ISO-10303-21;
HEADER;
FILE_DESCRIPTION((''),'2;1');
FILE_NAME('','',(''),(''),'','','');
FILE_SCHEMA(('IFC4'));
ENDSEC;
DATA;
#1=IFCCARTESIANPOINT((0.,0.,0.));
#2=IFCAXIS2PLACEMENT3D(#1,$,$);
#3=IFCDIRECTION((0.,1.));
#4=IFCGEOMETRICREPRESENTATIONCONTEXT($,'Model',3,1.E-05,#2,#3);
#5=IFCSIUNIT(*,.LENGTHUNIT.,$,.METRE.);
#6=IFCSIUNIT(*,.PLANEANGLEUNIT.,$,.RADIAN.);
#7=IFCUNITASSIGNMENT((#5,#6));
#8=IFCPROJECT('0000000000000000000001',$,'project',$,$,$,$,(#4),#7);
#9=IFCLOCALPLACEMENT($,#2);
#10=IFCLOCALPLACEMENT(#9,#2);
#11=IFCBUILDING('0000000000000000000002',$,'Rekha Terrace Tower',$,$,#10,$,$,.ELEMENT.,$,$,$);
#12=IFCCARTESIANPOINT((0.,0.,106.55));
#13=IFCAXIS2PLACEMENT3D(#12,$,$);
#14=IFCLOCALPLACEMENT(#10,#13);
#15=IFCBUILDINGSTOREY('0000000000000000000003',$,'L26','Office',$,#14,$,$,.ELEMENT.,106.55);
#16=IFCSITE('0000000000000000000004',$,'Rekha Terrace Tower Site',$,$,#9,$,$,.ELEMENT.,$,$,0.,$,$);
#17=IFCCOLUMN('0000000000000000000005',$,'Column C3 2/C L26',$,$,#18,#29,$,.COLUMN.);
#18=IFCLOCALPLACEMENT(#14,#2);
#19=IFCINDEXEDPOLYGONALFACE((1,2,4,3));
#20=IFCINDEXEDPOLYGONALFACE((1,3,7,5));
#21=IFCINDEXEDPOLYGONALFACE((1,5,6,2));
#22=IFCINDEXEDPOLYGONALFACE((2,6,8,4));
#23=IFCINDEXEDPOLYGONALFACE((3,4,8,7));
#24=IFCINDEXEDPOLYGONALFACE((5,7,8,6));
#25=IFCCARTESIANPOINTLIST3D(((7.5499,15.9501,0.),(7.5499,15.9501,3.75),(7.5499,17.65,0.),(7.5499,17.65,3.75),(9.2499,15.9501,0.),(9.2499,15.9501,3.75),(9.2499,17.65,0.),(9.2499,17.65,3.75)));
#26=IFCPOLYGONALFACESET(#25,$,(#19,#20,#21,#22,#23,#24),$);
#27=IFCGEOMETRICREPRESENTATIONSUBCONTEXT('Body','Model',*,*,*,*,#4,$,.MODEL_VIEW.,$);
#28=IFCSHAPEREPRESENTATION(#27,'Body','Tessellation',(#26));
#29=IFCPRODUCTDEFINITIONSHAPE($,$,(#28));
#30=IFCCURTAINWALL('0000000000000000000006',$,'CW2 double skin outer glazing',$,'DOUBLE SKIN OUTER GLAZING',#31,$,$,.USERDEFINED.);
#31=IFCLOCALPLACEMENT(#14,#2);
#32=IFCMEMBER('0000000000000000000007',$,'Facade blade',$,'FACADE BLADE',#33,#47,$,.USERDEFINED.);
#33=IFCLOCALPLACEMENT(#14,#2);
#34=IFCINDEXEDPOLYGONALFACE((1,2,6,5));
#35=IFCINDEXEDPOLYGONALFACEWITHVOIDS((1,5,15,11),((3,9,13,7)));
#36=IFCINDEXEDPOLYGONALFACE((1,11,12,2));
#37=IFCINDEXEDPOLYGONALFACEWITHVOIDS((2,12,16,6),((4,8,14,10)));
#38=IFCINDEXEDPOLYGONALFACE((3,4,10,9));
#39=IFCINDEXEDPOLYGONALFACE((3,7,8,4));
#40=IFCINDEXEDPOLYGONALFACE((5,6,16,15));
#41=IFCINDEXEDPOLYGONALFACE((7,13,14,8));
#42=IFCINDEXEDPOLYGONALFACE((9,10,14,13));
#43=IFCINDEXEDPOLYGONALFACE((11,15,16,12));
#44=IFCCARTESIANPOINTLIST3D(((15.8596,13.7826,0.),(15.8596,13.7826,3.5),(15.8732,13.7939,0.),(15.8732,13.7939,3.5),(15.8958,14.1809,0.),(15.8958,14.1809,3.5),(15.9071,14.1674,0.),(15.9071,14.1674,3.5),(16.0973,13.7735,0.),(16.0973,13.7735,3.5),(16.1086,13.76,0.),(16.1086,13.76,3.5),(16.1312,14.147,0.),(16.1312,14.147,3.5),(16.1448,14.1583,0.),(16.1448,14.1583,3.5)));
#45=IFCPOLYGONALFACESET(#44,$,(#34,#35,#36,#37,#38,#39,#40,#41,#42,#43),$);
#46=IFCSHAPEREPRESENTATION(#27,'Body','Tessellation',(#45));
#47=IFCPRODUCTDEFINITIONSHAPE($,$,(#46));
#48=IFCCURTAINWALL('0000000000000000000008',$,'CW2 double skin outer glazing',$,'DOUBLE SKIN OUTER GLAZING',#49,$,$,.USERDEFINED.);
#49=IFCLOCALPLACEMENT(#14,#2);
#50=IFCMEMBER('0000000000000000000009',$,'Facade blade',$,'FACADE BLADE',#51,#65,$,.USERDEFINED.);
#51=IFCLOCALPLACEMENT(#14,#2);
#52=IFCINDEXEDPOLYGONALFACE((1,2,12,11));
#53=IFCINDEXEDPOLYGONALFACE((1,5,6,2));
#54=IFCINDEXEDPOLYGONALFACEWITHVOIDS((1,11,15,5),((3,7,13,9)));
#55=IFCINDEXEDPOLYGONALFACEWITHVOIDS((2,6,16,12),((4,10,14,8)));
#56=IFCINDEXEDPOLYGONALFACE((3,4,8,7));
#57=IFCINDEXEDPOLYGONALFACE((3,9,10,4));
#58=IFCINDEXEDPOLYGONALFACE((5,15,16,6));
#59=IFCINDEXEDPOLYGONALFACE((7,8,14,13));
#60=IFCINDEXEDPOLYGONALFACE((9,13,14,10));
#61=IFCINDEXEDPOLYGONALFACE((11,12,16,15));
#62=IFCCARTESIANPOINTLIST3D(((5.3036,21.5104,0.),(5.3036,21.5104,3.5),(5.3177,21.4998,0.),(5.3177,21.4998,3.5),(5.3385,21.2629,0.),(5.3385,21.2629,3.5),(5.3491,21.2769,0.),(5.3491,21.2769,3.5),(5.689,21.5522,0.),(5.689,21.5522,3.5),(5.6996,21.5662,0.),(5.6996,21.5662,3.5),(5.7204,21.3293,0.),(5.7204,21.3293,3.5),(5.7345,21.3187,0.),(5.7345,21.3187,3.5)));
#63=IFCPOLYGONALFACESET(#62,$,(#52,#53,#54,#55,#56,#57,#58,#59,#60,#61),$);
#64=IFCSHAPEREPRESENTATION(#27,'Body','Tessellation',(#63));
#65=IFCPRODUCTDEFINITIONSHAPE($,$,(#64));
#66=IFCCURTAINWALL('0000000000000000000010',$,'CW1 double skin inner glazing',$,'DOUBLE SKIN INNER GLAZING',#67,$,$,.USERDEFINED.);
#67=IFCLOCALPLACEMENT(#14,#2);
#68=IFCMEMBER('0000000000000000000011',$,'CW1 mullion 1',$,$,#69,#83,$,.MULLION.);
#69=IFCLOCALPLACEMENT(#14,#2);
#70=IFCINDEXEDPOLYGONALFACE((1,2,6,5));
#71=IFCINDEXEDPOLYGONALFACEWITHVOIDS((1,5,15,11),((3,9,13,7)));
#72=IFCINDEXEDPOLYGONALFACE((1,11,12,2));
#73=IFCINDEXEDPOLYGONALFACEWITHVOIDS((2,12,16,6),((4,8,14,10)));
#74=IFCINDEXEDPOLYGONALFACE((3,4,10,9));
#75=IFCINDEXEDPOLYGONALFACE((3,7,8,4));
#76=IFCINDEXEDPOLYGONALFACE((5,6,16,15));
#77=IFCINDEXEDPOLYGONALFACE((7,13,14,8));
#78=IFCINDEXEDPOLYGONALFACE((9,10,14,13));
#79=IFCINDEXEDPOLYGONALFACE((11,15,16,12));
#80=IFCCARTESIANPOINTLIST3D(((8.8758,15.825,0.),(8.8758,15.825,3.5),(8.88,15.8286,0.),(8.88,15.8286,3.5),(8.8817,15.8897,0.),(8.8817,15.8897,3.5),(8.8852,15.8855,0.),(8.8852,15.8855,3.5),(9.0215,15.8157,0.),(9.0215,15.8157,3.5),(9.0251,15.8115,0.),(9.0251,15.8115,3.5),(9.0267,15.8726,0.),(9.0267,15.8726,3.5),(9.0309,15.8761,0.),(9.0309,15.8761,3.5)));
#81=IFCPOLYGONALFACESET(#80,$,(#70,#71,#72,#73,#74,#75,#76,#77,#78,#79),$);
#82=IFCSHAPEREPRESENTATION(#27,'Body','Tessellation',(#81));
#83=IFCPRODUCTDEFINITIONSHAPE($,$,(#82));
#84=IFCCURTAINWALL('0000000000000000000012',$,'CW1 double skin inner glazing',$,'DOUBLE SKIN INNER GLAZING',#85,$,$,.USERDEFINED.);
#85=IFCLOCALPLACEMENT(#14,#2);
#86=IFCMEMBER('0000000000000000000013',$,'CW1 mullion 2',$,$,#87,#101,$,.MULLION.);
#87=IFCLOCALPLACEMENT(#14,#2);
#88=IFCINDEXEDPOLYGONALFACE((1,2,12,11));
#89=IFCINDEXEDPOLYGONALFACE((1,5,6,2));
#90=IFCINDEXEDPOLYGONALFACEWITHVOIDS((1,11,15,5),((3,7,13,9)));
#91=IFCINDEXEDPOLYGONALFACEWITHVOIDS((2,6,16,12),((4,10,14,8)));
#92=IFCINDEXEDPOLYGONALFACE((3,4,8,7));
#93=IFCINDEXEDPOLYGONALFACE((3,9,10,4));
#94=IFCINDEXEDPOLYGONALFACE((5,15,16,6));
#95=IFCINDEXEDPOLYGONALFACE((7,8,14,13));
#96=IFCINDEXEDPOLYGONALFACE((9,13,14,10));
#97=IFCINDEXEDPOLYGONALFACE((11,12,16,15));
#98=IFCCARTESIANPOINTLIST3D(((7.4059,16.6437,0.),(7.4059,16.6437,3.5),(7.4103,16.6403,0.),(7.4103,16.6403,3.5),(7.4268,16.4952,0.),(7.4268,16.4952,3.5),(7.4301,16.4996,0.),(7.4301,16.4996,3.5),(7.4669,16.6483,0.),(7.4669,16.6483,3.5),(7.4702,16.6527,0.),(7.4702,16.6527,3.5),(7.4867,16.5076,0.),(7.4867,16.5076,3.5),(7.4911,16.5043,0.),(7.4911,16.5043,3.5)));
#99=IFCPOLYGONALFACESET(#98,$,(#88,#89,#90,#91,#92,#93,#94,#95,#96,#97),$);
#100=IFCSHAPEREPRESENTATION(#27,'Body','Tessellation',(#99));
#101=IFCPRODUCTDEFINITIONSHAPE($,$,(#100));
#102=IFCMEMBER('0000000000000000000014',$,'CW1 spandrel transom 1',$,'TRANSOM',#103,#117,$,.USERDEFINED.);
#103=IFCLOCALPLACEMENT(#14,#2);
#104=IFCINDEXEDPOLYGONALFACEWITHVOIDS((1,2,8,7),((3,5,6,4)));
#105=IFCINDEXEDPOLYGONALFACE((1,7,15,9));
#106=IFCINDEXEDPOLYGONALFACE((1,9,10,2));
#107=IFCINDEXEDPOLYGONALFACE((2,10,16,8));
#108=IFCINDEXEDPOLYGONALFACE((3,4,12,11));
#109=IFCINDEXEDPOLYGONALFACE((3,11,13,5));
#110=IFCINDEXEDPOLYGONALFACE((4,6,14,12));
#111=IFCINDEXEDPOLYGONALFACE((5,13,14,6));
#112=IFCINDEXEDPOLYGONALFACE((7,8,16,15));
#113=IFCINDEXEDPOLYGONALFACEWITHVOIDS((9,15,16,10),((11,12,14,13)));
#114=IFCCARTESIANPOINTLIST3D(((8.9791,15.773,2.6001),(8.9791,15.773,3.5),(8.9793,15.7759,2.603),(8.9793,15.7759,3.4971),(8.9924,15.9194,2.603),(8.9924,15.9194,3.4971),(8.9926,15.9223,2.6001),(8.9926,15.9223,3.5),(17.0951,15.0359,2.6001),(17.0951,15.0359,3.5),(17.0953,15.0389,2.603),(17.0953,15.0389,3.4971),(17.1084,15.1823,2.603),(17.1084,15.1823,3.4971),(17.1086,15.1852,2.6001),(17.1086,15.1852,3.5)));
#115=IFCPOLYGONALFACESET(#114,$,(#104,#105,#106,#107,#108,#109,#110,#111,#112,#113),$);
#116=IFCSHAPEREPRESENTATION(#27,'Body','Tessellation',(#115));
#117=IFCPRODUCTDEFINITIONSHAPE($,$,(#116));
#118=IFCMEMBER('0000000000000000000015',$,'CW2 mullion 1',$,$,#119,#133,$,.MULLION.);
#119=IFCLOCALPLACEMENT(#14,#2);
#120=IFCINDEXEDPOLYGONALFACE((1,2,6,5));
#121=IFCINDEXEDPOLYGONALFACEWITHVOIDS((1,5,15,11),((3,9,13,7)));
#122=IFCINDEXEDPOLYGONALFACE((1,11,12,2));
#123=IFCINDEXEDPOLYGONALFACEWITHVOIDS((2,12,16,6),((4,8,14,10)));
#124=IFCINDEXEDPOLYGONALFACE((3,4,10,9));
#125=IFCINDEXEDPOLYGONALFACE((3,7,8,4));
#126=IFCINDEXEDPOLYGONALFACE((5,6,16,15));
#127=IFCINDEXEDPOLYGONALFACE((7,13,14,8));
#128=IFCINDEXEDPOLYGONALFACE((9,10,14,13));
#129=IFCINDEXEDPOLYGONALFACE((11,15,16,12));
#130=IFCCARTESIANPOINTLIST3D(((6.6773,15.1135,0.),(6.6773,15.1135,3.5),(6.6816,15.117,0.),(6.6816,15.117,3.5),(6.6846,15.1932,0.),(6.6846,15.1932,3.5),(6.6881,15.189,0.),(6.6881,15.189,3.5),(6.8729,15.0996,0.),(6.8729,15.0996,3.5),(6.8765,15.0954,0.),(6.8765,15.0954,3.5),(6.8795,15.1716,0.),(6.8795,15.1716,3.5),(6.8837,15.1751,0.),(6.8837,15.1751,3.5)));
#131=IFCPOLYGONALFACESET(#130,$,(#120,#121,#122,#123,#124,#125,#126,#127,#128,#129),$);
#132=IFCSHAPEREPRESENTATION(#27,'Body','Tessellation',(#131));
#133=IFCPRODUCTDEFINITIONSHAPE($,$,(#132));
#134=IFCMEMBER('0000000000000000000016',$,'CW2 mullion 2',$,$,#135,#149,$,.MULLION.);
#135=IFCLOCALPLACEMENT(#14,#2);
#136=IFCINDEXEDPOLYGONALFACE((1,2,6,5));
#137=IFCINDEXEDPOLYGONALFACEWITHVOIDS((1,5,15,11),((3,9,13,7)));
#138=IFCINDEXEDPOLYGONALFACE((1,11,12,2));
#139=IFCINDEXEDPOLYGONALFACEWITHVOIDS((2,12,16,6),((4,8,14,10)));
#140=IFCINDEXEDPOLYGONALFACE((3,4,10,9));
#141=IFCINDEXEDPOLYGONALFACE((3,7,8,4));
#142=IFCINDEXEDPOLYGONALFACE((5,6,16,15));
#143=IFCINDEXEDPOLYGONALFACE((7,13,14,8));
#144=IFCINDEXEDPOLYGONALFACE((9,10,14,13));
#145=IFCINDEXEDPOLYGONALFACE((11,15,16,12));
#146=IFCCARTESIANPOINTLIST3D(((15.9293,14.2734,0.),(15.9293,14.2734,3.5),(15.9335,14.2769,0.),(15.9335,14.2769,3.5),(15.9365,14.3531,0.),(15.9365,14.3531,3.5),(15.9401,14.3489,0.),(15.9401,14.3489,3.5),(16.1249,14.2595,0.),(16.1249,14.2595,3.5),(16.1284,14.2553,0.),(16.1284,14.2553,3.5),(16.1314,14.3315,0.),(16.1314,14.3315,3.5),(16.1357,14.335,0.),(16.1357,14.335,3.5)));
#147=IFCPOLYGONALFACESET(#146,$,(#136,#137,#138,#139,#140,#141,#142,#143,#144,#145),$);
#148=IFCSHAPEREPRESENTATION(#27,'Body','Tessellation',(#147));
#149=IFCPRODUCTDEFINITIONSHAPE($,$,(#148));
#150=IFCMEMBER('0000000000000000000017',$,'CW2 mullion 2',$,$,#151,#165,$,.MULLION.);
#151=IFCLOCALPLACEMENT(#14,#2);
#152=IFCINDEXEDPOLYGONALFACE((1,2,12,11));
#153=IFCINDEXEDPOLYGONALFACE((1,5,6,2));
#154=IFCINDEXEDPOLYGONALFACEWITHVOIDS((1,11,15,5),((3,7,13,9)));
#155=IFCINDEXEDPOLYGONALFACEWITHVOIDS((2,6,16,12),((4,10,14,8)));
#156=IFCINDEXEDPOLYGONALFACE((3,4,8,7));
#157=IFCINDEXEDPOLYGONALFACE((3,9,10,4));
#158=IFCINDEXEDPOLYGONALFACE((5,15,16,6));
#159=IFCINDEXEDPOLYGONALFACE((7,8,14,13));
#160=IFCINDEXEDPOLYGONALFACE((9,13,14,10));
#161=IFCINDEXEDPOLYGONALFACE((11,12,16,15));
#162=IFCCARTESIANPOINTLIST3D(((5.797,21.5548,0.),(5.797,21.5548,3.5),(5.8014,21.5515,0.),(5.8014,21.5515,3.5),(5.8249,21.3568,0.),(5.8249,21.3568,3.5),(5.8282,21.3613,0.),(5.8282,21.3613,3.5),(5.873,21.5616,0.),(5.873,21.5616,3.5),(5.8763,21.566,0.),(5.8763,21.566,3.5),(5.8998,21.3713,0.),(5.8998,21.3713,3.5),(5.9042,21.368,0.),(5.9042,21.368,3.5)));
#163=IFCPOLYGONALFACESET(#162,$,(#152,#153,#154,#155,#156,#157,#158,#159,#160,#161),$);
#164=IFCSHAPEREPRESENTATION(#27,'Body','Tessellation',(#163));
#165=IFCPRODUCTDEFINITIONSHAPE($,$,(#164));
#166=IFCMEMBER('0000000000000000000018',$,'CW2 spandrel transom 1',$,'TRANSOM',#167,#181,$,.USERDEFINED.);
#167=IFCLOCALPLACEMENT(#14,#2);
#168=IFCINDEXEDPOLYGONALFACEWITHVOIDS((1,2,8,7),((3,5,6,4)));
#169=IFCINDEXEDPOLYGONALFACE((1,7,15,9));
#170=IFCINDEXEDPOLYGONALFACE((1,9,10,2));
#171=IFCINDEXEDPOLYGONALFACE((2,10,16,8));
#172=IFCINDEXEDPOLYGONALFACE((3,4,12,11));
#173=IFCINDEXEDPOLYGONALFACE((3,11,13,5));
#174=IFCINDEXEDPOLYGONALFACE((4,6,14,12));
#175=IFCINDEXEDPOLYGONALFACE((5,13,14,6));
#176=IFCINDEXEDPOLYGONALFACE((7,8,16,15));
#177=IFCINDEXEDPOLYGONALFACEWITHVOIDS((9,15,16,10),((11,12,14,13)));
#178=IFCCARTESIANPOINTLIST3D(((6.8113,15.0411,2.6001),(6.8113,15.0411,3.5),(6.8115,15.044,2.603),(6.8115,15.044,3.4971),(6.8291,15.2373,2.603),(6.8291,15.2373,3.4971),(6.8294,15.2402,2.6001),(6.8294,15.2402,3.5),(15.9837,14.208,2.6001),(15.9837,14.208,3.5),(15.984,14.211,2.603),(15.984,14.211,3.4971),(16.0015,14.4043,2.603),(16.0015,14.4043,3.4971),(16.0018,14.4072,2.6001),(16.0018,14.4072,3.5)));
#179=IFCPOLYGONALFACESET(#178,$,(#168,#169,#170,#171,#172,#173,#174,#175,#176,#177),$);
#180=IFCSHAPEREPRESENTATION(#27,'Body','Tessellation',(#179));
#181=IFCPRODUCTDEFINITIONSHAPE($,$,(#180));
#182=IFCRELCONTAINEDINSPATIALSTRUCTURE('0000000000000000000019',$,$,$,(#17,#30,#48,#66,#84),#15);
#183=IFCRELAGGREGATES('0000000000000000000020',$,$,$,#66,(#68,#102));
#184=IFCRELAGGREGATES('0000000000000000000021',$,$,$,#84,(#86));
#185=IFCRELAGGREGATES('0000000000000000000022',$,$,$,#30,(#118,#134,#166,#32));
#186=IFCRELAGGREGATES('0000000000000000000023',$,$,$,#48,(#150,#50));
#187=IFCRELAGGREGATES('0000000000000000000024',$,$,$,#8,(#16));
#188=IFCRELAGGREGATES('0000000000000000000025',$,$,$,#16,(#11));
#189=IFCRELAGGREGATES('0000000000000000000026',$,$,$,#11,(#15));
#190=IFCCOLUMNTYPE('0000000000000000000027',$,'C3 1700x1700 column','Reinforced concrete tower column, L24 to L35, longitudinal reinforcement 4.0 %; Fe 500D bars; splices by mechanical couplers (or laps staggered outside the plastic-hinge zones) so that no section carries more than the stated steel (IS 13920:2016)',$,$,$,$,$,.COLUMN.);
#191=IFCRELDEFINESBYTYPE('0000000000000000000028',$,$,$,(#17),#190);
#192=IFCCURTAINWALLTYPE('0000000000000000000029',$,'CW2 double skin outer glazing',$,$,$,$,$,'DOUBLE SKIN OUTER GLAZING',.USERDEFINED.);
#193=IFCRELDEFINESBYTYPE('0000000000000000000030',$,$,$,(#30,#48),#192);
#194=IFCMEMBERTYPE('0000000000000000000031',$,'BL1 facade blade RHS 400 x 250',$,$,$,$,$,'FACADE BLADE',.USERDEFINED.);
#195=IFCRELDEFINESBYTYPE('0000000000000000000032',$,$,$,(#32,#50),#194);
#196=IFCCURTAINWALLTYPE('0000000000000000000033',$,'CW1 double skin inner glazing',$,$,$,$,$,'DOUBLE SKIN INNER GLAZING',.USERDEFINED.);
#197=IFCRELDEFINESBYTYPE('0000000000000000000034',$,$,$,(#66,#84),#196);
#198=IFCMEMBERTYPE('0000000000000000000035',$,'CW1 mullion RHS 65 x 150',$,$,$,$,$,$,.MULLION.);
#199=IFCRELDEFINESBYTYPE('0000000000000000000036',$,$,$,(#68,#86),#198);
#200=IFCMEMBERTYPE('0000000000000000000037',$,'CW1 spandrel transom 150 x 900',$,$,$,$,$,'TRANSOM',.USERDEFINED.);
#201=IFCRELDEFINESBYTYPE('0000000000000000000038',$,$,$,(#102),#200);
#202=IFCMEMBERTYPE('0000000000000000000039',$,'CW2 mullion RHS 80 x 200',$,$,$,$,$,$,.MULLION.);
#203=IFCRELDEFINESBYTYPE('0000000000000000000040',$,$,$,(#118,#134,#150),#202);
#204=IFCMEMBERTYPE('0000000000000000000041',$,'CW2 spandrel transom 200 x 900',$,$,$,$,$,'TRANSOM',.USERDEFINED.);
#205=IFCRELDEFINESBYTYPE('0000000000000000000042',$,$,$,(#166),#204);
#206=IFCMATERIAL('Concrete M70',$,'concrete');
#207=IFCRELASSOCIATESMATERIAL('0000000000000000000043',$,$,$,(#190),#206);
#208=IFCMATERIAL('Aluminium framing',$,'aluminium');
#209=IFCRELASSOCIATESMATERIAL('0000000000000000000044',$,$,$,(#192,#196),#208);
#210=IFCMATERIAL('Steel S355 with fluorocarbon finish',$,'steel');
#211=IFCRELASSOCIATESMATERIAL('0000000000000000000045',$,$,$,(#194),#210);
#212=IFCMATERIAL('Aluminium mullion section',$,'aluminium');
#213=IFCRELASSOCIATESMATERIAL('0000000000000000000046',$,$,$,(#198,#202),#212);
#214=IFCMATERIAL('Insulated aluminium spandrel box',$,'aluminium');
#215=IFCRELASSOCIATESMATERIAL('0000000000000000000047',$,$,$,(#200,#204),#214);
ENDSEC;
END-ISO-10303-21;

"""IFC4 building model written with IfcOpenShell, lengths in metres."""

from ifc_helpers import new_model, si_unit, direction, frame, origin, origin_2d, place, context, subcontext, project, spatial, rectangle, hollow_rectangle, extrude, material, material_profile, profile_set, type_object, element, aggregate, save


model = new_model("IFC4")

# Units and contexts
model_context = context("Model", 3, precision=1e-05, world=origin(), true_north=direction((0.0, 1.0)))
body_context = subcontext(model_context, "Body", "Model", "MODEL_VIEW")
ifc_project = project(units=[si_unit("LENGTHUNIT", "METRE"), si_unit("PLANEANGLEUNIT", "RADIAN")], contexts=[model_context])

# Site, building, storey
site_placement = place(None, origin())
site = spatial("IfcSite", under=ifc_project, at=site_placement, Name="Rekha Terrace Tower Site", CompositionType="ELEMENT", RefElevation=0.0)
building_placement = place(site_placement, origin())
building = spatial("IfcBuilding", under=site, at=building_placement, Name="Rekha Terrace Tower", CompositionType="ELEMENT")
storey_placement = place(building_placement, frame((0.0, 0.0, 106.55)))
storey = spatial("IfcBuildingStorey", under=building, at=storey_placement, Name="L26", Description="Office", CompositionType="ELEMENT", Elevation=106.55)

# Column
ifc_material_1 = material(Name="Concrete M70", Category="concrete")
ifc_material_profile_1 = material_profile(ifc_material_1, rectangle(XDim=1.7, YDim=1.7, at=origin_2d()), Name="RC 1700x1700")
ifc_profile_set_1 = profile_set([ifc_material_profile_1], Name="Concrete M70")
column_type = type_object("IfcColumnType", Name="C3 1700x1700 column", Description="Reinforced concrete tower column, L24 to L35, longitudinal reinforcement 4.0 %; Fe 500D bars; splices by mechanical couplers (or laps staggered outside the plastic-hinge zones) so that no section carries more than the stated steel (IS 13920:2016)", PredefinedType="COLUMN", material=ifc_profile_set_1)
column_placement = place(storey_placement, frame((8.3999, 16.8, 0.0), z_axis=(0.0, 0.0, 1.0), x_axis=(1.0, 0.0, 0.0)))
element("IfcColumn", 1, at=column_placement, inside=storey, type_object=column_type, Name="Column C3 2/C L26", PredefinedType="COLUMN", context=body_context, shape_type="SweptSolid", body=[
    extrude(rectangle(XDim=1.7, YDim=1.7, at=origin_2d()), origin(), (0.0, 0.0, 1.0), 3.75),
])

# Curtain walls, members
ifc_material_2 = material(Name="Aluminium framing", Category="aluminium")
curtain_wall_type_1 = type_object("IfcCurtainWallType", Name="CW2 double skin outer glazing", ElementType="DOUBLE SKIN OUTER GLAZING", PredefinedType="USERDEFINED", material=ifc_material_2)
curtain_wall_1_placement = place(storey_placement, origin())
curtain_wall_1 = element("IfcCurtainWall", 2, at=curtain_wall_1_placement, inside=storey, type_object=curtain_wall_type_1, Name="CW2 double skin outer glazing", ObjectType="DOUBLE SKIN OUTER GLAZING", PredefinedType="USERDEFINED")
ifc_material_3 = material(Name="Steel S355 with fluorocarbon finish", Category="steel")
ifc_material_profile_2 = material_profile(ifc_material_3, hollow_rectangle(XDim=0.25, YDim=0.3999, WallThickness=0.0125, at=origin_2d()), Name="RHS400x250x12.5")
ifc_profile_set_2 = profile_set([ifc_material_profile_2], Name="Steel S355 with fluorocarbon finish")
member_type_1 = type_object("IfcMemberType", Name="BL1 facade blade RHS 400 x 250", ElementType="FACADE BLADE", PredefinedType="USERDEFINED", material=ifc_profile_set_2)
member_1_placement = place(storey_placement, frame((16.0022, 13.9705, 0.0), z_axis=(0.0, 0.0, 1.0), x_axis=(0.995902, -0.09044, 0.0)))
member_1 = element("IfcMember", 3, at=member_1_placement, type_object=member_type_1, Name="Facade blade", ObjectType="FACADE BLADE", PredefinedType="USERDEFINED", context=body_context, shape_type="SweptSolid", body=[
    extrude(hollow_rectangle(XDim=0.25, YDim=0.3999, WallThickness=0.0125, at=origin_2d()), origin(), (0.0, 0.0, 1.0), 3.5),
])
curtain_wall_2_placement = place(storey_placement, origin())
curtain_wall_2 = element("IfcCurtainWall", 4, at=curtain_wall_2_placement, inside=storey, type_object=curtain_wall_type_1, Name="CW2 double skin outer glazing", ObjectType="DOUBLE SKIN OUTER GLAZING", PredefinedType="USERDEFINED")
member_2_placement = place(storey_placement, frame((5.519, 21.4146, 0.0), z_axis=(0.0, 0.0, 1.0), x_axis=(0.139597, -0.990208, 0.0)))
member_2 = element("IfcMember", 5, at=member_2_placement, type_object=member_type_1, Name="Facade blade", ObjectType="FACADE BLADE", PredefinedType="USERDEFINED", context=body_context, shape_type="SweptSolid", body=[
    extrude(hollow_rectangle(XDim=0.25, YDim=0.3999, WallThickness=0.0125, at=origin_2d()), origin(), (0.0, 0.0, 1.0), 3.5),
])
curtain_wall_type_2 = type_object("IfcCurtainWallType", Name="CW1 double skin inner glazing", ElementType="DOUBLE SKIN INNER GLAZING", PredefinedType="USERDEFINED", material=ifc_material_2)
curtain_wall_3_placement = place(storey_placement, origin())
curtain_wall_3 = element("IfcCurtainWall", 6, at=curtain_wall_3_placement, inside=storey, type_object=curtain_wall_type_2, Name="CW1 double skin inner glazing", ObjectType="DOUBLE SKIN INNER GLAZING", PredefinedType="USERDEFINED")
ifc_material_4 = material(Name="Aluminium mullion section", Category="aluminium")
ifc_material_profile_3 = material_profile(ifc_material_4, hollow_rectangle(XDim=0.0649, YDim=0.1499, WallThickness=0.0039, at=origin_2d()), Name="AL RHS 65x150")
ifc_profile_set_3 = profile_set([ifc_material_profile_3], Name="Aluminium mullion section")
member_type_2 = type_object("IfcMemberType", Name="CW1 mullion RHS 65 x 150", PredefinedType="MULLION", material=ifc_profile_set_3)
member_3_placement = place(storey_placement, frame((8.9534, 15.8506, 0.0), z_axis=(0.0, 0.0, 1.0), x_axis=(0.09044, 0.995902, 0.0)))
member_3 = element("IfcMember", 7, at=member_3_placement, type_object=member_type_2, Name="CW1 mullion 1", PredefinedType="MULLION", context=body_context, shape_type="SweptSolid", body=[
    extrude(hollow_rectangle(XDim=0.0649, YDim=0.1499, WallThickness=0.0039, at=origin_2d()), origin(), (0.0, 0.0, 1.0), 3.5),
])
curtain_wall_4_placement = place(storey_placement, origin())
curtain_wall_4 = element("IfcCurtainWall", 8, at=curtain_wall_4_placement, inside=storey, type_object=curtain_wall_type_2, Name="CW1 double skin inner glazing", ObjectType="DOUBLE SKIN INNER GLAZING", PredefinedType="USERDEFINED")
member_4_placement = place(storey_placement, frame((7.4485, 16.574, 0.0), z_axis=(0.0, 0.0, 1.0), x_axis=(0.990208, 0.139597, 0.0)))
member_4 = element("IfcMember", 9, at=member_4_placement, type_object=member_type_2, Name="CW1 mullion 2", PredefinedType="MULLION", context=body_context, shape_type="SweptSolid", body=[
    extrude(hollow_rectangle(XDim=0.0649, YDim=0.1499, WallThickness=0.0039, at=origin_2d()), origin(), (0.0, 0.0, 1.0), 3.5),
])

# Members
ifc_material_5 = material(Name="Insulated aluminium spandrel box", Category="aluminium")
ifc_material_profile_4 = material_profile(ifc_material_5, hollow_rectangle(XDim=0.1499, YDim=0.8999, WallThickness=0.0029, at=origin_2d()), Name="AL SPANDREL BOX 150x900")
ifc_profile_set_4 = profile_set([ifc_material_profile_4], Name="Insulated aluminium spandrel box")
member_type_3 = type_object("IfcMemberType", Name="CW1 spandrel transom 150 x 900", ElementType="TRANSOM", PredefinedType="USERDEFINED", material=ifc_profile_set_4)
member_5_placement = place(storey_placement, frame((8.9858, 15.8477, 3.05), z_axis=(0.995902, -0.090444, 0.0), x_axis=(0.090444, 0.995902, 0.0)))
member_5 = element("IfcMember", 10, at=member_5_placement, type_object=member_type_3, Name="CW1 spandrel transom 1", ObjectType="TRANSOM", PredefinedType="USERDEFINED", context=body_context, shape_type="SweptSolid", body=[
    extrude(hollow_rectangle(XDim=0.1499, YDim=0.8999, WallThickness=0.0029, at=origin_2d()), origin(), (0.0, 0.0, 1.0), 8.1494),
])
ifc_material_profile_5 = material_profile(ifc_material_4, hollow_rectangle(XDim=0.0801, YDim=0.2, WallThickness=0.0039, at=origin_2d()), Name="AL RHS 80x200")
ifc_profile_set_5 = profile_set([ifc_material_profile_5], Name="Aluminium mullion section")
member_type_4 = type_object("IfcMemberType", Name="CW2 mullion RHS 80 x 200", PredefinedType="MULLION", material=ifc_profile_set_5)
member_6_placement = place(storey_placement, frame((6.7805, 15.1443, 0.0), z_axis=(0.0, 0.0, 1.0), x_axis=(0.09044, 0.995902, 0.0)))
member_6 = element("IfcMember", 11, at=member_6_placement, type_object=member_type_4, Name="CW2 mullion 1", PredefinedType="MULLION", context=body_context, shape_type="SweptSolid", body=[
    extrude(hollow_rectangle(XDim=0.0801, YDim=0.2, WallThickness=0.0039, at=origin_2d()), origin(), (0.0, 0.0, 1.0), 3.5),
])
member_7_placement = place(storey_placement, frame((16.0325, 14.3042, 0.0), z_axis=(0.0, 0.0, 1.0), x_axis=(0.09044, 0.995902, 0.0)))
member_7 = element("IfcMember", 12, at=member_7_placement, type_object=member_type_4, Name="CW2 mullion 2", PredefinedType="MULLION", context=body_context, shape_type="SweptSolid", body=[
    extrude(hollow_rectangle(XDim=0.0801, YDim=0.2, WallThickness=0.0039, at=origin_2d()), origin(), (0.0, 0.0, 1.0), 3.5),
])
member_8_placement = place(storey_placement, frame((5.8506, 21.4614, 0.0), z_axis=(0.0, 0.0, 1.0), x_axis=(0.990208, 0.139597, 0.0)))
member_8 = element("IfcMember", 13, at=member_8_placement, type_object=member_type_4, Name="CW2 mullion 2", PredefinedType="MULLION", context=body_context, shape_type="SweptSolid", body=[
    extrude(hollow_rectangle(XDim=0.0801, YDim=0.2, WallThickness=0.0039, at=origin_2d()), origin(), (0.0, 0.0, 1.0), 3.5),
])
ifc_material_profile_6 = material_profile(ifc_material_5, hollow_rectangle(XDim=0.2, YDim=0.8999, WallThickness=0.0029, at=origin_2d()), Name="AL SPANDREL BOX 200x900")
ifc_profile_set_6 = profile_set([ifc_material_profile_6], Name="Insulated aluminium spandrel box")
member_type_5 = type_object("IfcMemberType", Name="CW2 spandrel transom 200 x 900", ElementType="TRANSOM", PredefinedType="USERDEFINED", material=ifc_profile_set_6)
member_9_placement = place(storey_placement, frame((6.8203, 15.1406, 3.05), z_axis=(0.995901, -0.090445, 0.0), x_axis=(0.090445, 0.995901, 0.0)))
member_9 = element("IfcMember", 14, at=member_9_placement, type_object=member_type_5, Name="CW2 spandrel transom 1", ObjectType="TRANSOM", PredefinedType="USERDEFINED", context=body_context, shape_type="SweptSolid", body=[
    extrude(hollow_rectangle(XDim=0.2, YDim=0.8999, WallThickness=0.0029, at=origin_2d()), origin(), (0.0, 0.0, 1.0), 9.2102),
])

aggregate(curtain_wall_3, [member_3, member_5])
aggregate(curtain_wall_4, [member_4])
aggregate(curtain_wall_1, [member_6, member_7, member_9, member_1])
aggregate(curtain_wall_2, [member_8, member_2])

save(model, "model.ifc")
